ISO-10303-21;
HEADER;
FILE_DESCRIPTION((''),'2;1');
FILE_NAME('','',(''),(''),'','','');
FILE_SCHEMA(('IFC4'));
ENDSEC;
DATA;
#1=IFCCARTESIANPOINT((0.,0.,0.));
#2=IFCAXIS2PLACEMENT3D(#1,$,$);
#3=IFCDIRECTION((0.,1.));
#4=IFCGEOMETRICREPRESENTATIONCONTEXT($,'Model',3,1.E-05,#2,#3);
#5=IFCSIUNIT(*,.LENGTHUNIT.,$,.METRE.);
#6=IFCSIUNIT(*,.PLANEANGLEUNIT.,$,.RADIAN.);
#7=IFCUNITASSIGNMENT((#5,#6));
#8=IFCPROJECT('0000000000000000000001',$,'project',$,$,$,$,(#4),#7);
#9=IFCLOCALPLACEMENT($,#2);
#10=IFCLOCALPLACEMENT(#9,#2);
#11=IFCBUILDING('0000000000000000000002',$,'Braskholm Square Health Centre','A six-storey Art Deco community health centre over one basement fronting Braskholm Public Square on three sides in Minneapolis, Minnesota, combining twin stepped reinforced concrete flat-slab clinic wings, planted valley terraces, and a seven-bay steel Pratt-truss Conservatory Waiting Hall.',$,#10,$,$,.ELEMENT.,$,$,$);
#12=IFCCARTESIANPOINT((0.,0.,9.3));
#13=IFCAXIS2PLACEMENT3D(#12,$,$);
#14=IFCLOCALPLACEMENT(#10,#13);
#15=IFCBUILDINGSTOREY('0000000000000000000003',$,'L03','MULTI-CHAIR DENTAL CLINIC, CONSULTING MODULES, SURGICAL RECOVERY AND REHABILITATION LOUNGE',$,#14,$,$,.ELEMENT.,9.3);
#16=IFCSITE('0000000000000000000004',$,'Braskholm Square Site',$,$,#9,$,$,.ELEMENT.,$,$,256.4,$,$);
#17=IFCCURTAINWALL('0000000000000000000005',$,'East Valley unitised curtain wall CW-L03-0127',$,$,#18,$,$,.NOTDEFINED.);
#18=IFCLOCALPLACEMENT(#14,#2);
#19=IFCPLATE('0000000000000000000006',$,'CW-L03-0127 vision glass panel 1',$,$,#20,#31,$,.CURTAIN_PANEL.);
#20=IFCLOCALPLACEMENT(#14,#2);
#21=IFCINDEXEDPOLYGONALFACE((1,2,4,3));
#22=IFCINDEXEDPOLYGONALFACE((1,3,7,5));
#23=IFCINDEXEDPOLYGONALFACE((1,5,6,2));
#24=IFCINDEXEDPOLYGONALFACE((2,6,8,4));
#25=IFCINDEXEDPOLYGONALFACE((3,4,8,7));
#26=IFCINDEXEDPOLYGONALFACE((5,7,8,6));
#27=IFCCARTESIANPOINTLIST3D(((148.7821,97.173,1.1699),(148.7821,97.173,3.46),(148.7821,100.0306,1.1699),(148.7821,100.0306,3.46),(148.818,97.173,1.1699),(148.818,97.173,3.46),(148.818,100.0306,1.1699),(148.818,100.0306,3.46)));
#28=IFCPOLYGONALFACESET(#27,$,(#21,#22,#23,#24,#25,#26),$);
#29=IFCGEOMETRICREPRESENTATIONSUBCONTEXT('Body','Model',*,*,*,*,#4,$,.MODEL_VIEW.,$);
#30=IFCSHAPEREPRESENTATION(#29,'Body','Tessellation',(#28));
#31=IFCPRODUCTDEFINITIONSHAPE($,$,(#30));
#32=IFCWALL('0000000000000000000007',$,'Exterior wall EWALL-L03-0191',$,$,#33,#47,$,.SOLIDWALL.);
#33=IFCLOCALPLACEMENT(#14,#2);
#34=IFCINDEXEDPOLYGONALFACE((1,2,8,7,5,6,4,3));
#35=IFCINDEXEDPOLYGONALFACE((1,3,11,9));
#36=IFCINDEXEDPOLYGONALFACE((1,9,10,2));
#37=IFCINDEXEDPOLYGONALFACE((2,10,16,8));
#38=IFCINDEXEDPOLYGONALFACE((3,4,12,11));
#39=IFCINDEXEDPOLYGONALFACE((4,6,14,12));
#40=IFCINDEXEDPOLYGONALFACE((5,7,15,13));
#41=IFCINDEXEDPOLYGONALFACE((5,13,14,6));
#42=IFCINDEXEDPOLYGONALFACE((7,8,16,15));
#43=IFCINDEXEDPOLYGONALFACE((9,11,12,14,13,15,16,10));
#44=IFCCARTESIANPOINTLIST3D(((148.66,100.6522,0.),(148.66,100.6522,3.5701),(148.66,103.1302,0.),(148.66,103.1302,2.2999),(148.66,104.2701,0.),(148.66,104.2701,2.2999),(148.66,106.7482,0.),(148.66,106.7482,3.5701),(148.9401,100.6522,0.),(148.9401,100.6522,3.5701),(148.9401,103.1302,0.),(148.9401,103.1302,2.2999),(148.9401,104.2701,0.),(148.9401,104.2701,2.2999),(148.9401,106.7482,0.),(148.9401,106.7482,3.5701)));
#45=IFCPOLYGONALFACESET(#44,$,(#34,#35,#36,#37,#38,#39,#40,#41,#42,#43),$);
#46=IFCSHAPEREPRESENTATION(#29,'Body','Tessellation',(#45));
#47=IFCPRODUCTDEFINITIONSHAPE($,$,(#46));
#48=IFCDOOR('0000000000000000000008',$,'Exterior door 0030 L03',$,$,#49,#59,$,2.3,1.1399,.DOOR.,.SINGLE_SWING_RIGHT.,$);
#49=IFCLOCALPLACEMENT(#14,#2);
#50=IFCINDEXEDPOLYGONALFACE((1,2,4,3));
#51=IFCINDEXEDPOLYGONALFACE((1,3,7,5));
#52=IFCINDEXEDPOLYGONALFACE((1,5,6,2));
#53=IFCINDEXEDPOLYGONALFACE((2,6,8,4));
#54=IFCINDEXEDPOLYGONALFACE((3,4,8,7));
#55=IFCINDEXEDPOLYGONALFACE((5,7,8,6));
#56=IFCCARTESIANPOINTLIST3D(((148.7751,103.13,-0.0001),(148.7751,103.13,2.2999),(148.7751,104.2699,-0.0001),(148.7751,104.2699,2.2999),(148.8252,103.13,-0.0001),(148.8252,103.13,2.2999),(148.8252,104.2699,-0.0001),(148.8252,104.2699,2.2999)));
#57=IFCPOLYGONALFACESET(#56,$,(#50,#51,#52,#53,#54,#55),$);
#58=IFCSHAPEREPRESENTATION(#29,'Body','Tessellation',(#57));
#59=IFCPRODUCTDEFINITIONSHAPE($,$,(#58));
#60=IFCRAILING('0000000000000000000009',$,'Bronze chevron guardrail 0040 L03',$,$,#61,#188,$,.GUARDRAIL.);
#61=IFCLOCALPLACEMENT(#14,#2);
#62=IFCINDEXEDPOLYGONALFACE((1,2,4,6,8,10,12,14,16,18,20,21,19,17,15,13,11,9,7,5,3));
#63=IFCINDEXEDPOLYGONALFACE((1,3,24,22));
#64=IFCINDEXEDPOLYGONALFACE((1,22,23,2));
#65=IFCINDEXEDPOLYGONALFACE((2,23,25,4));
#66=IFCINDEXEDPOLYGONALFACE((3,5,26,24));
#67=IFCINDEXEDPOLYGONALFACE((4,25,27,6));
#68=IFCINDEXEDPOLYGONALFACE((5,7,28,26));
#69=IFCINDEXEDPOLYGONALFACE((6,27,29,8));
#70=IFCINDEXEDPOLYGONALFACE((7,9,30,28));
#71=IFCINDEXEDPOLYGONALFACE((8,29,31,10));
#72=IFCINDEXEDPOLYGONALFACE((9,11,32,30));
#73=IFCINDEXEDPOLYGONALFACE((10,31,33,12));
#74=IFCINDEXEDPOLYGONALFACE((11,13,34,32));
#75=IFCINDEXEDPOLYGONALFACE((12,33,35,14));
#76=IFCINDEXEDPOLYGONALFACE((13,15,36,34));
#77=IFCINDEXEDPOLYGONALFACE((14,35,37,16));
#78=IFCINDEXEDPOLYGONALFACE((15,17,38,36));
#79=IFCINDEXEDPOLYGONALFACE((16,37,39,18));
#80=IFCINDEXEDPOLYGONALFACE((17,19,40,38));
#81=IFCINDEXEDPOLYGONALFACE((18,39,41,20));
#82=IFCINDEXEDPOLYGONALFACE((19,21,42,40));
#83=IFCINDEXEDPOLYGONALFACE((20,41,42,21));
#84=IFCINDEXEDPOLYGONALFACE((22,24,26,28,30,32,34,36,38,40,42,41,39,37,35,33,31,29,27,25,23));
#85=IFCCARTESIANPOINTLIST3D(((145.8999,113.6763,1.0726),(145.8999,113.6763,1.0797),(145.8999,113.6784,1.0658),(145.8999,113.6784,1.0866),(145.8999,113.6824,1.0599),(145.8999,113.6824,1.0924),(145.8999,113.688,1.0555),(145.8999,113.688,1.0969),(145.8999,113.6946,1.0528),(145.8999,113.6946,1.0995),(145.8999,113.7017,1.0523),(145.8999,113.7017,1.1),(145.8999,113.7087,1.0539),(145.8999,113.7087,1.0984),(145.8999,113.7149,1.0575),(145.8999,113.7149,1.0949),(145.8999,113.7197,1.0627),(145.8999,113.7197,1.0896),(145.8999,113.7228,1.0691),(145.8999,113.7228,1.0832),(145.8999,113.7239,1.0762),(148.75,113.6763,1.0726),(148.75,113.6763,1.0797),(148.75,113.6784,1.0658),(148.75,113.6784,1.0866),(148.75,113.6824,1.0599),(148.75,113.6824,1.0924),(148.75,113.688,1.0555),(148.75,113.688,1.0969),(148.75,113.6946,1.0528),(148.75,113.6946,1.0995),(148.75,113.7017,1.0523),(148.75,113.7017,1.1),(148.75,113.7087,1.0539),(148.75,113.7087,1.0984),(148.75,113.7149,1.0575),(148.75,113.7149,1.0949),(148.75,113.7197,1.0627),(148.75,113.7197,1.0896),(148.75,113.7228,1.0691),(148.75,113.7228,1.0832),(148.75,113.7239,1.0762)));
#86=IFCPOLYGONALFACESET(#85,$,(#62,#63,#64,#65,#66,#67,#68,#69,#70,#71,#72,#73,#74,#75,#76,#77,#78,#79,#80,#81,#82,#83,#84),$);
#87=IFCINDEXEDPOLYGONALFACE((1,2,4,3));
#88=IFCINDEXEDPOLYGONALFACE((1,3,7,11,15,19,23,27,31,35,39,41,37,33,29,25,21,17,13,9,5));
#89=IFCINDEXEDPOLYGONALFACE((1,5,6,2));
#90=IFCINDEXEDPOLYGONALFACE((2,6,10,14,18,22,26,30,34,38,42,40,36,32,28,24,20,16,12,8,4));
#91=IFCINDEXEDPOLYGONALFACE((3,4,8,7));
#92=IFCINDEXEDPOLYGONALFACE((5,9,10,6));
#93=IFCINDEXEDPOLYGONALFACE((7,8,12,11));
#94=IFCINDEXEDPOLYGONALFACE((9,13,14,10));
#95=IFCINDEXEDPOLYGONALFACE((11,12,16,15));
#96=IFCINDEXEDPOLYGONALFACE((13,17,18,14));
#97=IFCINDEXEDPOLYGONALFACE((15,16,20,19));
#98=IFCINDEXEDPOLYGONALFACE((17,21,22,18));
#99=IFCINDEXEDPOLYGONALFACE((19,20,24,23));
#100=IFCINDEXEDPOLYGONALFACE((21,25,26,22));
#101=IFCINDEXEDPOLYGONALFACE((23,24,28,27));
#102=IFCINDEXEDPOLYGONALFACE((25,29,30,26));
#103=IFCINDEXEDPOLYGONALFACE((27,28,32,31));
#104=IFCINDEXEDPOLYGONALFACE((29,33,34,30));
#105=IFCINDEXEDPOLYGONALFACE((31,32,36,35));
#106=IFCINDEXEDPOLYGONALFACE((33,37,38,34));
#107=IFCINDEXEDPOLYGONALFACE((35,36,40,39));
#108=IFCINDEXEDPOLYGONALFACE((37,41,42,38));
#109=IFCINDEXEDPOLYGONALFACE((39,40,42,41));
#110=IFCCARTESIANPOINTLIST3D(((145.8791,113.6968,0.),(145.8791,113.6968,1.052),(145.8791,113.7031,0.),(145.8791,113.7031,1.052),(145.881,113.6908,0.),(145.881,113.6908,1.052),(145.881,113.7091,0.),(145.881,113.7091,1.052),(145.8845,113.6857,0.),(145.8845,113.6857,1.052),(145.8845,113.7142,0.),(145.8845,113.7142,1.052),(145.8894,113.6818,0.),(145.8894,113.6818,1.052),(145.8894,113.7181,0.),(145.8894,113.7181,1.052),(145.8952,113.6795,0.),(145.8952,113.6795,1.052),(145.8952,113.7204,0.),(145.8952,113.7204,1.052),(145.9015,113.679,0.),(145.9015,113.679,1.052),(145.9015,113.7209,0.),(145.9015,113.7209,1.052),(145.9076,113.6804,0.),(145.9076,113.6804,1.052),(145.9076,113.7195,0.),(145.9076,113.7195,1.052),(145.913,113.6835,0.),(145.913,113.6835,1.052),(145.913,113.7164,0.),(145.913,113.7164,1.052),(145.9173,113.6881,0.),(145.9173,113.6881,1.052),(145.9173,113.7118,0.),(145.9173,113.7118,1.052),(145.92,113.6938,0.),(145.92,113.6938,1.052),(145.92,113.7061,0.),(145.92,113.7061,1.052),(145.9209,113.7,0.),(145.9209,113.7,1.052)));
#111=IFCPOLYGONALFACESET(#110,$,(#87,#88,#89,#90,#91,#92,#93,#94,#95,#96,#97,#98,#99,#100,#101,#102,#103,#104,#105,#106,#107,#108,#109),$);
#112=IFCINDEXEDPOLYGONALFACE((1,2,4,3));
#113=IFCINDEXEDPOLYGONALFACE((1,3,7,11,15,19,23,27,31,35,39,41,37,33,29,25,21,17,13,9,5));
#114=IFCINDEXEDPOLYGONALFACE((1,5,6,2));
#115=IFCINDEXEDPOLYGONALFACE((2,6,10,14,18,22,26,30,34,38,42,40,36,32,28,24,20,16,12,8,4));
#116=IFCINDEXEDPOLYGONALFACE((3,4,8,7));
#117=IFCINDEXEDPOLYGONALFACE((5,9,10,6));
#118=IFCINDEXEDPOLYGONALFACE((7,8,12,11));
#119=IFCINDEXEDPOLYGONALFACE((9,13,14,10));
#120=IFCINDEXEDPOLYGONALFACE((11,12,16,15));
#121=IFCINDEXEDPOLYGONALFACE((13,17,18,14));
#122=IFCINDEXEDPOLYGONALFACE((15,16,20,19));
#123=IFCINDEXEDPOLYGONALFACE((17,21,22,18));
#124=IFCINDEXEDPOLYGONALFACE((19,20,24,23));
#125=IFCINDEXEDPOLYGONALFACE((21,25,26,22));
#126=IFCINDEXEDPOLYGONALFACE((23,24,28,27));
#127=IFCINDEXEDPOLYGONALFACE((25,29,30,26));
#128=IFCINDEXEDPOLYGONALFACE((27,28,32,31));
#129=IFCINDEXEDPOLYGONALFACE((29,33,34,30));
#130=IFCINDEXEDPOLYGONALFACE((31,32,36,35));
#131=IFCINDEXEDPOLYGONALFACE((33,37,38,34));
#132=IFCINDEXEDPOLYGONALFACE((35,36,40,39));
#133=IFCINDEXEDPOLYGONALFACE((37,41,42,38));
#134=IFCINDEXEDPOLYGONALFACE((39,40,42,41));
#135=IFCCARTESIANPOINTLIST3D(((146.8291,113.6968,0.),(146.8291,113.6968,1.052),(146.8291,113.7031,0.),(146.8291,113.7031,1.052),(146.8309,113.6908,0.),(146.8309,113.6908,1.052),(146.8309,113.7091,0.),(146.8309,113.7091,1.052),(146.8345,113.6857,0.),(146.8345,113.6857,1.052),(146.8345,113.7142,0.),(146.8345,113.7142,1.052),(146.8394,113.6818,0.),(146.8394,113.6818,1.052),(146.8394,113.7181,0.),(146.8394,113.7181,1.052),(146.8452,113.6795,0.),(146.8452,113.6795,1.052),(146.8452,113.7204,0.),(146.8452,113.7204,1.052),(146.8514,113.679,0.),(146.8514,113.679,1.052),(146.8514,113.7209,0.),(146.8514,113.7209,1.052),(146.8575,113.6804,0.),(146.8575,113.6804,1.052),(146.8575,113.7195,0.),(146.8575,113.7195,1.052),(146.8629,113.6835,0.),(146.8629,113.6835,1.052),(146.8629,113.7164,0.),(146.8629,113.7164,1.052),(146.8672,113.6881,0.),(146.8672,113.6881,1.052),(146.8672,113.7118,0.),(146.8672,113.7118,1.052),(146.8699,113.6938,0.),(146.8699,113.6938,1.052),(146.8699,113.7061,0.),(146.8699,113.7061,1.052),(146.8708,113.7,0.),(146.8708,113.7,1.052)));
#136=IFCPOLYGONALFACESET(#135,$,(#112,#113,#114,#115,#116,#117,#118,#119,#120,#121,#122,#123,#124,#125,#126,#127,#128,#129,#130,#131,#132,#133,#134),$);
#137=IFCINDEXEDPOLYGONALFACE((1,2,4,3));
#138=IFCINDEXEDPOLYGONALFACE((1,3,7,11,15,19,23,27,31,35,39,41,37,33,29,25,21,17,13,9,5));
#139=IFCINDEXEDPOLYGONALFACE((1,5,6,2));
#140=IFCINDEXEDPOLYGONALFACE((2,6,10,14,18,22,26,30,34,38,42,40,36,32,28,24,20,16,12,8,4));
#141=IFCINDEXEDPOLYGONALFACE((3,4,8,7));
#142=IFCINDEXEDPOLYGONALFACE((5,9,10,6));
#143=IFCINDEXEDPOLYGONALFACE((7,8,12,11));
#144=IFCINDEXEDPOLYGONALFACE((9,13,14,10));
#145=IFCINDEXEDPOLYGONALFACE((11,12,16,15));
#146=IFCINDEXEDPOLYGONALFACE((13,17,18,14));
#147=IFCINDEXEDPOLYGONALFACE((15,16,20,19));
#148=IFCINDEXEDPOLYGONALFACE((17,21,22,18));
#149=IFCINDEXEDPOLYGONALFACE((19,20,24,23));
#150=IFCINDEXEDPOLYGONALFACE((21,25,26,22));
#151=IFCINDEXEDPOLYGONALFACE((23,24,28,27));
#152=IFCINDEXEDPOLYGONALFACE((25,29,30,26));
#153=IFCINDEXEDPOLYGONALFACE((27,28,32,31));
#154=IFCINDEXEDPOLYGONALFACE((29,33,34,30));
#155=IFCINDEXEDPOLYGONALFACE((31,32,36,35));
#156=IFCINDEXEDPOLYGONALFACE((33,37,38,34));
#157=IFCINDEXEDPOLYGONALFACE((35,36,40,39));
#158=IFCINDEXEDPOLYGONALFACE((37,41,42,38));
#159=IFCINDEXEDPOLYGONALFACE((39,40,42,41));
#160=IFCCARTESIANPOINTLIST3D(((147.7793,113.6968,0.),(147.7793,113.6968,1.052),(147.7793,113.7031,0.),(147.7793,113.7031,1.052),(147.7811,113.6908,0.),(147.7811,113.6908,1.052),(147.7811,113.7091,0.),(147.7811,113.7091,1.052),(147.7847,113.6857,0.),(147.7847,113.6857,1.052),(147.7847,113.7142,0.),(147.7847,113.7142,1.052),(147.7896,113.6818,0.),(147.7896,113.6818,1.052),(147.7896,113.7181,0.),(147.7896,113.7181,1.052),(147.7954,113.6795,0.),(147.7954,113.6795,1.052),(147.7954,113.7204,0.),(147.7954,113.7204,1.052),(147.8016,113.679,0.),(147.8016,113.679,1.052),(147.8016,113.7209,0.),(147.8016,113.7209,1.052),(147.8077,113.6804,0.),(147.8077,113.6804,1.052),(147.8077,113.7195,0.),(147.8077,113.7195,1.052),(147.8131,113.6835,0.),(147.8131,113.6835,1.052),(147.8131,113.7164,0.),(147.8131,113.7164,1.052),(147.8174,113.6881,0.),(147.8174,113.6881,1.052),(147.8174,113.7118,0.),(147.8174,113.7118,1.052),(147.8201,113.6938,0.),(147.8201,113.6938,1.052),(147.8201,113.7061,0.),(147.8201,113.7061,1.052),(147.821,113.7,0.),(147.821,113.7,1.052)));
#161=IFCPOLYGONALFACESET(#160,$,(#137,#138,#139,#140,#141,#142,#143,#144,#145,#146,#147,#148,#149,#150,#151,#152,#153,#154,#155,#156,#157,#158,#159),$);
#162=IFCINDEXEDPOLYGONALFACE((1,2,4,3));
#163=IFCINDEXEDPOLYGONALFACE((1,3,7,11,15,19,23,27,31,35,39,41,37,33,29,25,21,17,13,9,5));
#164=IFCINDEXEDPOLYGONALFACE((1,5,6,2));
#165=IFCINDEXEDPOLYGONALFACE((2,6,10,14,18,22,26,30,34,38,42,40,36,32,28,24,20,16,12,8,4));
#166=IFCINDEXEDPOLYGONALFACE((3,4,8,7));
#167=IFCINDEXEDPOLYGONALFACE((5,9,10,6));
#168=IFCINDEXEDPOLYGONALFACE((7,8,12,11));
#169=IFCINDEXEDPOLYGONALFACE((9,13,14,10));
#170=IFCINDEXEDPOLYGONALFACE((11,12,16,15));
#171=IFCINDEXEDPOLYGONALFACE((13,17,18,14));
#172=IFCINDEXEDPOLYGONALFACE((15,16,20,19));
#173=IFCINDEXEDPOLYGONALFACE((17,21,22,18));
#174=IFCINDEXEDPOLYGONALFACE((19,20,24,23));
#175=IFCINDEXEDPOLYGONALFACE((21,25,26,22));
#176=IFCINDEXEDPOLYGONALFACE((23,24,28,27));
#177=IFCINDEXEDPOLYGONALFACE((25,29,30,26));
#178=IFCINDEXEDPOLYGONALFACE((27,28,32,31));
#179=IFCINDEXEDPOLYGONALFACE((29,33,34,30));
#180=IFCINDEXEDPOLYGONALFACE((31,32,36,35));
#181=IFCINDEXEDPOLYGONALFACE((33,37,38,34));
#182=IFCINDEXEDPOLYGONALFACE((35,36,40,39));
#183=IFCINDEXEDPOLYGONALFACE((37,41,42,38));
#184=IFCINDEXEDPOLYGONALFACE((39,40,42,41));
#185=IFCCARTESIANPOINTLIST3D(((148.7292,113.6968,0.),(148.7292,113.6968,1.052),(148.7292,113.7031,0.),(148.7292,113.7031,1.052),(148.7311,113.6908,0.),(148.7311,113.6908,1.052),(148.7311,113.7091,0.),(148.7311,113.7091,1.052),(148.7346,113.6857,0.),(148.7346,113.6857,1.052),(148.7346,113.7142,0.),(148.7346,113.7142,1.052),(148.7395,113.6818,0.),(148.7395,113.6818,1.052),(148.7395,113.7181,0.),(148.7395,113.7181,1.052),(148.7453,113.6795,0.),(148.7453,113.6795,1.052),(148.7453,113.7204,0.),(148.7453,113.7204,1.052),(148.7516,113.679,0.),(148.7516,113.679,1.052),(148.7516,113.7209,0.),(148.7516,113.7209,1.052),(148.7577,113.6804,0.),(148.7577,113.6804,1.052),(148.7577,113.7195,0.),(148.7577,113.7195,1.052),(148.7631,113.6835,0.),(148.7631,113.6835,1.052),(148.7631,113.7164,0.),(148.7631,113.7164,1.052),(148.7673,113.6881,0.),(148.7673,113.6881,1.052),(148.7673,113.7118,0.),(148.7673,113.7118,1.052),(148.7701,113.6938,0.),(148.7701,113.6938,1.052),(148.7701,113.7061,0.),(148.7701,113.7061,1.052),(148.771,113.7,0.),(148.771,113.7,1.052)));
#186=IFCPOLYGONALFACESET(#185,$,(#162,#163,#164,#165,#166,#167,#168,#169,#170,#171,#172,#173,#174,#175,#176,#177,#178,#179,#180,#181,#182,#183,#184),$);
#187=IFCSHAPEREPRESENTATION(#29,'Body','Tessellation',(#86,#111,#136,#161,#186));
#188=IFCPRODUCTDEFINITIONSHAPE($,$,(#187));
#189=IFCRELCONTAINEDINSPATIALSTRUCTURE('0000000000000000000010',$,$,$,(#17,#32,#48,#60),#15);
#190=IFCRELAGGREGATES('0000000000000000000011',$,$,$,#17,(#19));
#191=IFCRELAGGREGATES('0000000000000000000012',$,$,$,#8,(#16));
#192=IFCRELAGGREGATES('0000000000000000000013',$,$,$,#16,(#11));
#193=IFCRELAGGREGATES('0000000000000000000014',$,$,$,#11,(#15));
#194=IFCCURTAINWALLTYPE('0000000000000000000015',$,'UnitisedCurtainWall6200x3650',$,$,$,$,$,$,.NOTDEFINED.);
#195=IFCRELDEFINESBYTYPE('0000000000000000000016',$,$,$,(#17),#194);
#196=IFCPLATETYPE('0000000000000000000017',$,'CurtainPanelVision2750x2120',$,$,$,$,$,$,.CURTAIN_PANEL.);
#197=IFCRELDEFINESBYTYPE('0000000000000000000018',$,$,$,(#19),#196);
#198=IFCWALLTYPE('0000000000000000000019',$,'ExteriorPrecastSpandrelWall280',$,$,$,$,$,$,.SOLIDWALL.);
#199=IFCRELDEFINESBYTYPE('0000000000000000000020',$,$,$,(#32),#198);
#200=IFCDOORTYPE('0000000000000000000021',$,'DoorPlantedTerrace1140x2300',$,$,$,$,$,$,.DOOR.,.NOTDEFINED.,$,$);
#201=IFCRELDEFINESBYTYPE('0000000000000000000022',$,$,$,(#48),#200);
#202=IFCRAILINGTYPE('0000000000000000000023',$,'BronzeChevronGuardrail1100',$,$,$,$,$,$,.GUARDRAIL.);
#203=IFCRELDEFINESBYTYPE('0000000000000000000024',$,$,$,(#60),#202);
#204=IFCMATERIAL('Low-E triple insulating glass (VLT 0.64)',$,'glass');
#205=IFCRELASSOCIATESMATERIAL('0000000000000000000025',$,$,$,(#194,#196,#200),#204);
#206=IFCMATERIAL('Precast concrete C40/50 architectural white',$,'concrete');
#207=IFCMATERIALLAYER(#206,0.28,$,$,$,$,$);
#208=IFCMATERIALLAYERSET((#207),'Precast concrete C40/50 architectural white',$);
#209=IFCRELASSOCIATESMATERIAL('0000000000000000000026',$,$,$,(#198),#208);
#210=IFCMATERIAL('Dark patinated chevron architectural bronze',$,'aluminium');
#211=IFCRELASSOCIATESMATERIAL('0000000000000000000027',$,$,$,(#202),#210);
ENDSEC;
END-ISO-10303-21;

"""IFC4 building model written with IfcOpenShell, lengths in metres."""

from ifc_helpers import new_model, si_unit, direction, frame, frame_2d, origin, origin_2d, place, context, subcontext, project, spatial, rectangle, circle, extrude, material, layer, layer_set, type_object, element, fill, aggregate, save


model = new_model("IFC4")

# Units and contexts
model_context = context("Model", 3, precision=1e-05, world=origin(), true_north=direction((0.0, 1.0)))
body_context = subcontext(model_context, "Body", "Model", "MODEL_VIEW")
ifc_project = project(units=[si_unit("LENGTHUNIT", "METRE"), si_unit("PLANEANGLEUNIT", "RADIAN")], contexts=[model_context])

# Site, building, storey
site_placement = place(None, origin())
site = spatial("IfcSite", under=ifc_project, at=site_placement, Name="Braskholm Square Site", CompositionType="ELEMENT", RefElevation=256.4)
building_placement = place(site_placement, origin())
building = spatial("IfcBuilding", under=site, at=building_placement, Name="Braskholm Square Health Centre", Description="A six-storey Art Deco community health centre over one basement fronting Braskholm Public Square on three sides in Minneapolis, Minnesota, combining twin stepped reinforced concrete flat-slab clinic wings, planted valley terraces, and a seven-bay steel Pratt-truss Conservatory Waiting Hall.", CompositionType="ELEMENT")
storey_placement = place(building_placement, frame((0.0, 0.0, 9.3)))
storey = spatial("IfcBuildingStorey", under=building, at=storey_placement, Name="L03", Description="MULTI-CHAIR DENTAL CLINIC, CONSULTING MODULES, SURGICAL RECOVERY AND REHABILITATION LOUNGE", CompositionType="ELEMENT", Elevation=9.3)

# Curtain wall
ifc_material_1 = material(Name="Low-E triple insulating glass (VLT 0.64)", Category="glass")
curtain_wall_type = type_object("IfcCurtainWallType", Name="UnitisedCurtainWall6200x3650", PredefinedType="NOTDEFINED", material=ifc_material_1)
curtain_wall_placement = place(storey_placement, origin())
curtain_wall = element("IfcCurtainWall", 1, at=curtain_wall_placement, inside=storey, type_object=curtain_wall_type, Name="East Valley unitised curtain wall CW-L03-0127", PredefinedType="NOTDEFINED")

# Shared definitions
ifc_material_2 = material(Name="Precast concrete C40/50 architectural white", Category="concrete")

# Plate
plate_type_1 = type_object("IfcPlateType", Name="CurtainPanelVision2750x2120", PredefinedType="CURTAIN_PANEL", material=ifc_material_1)
plate_1_placement = place(storey_placement, frame((148.8, 98.6018, 1.1699), z_axis=(0.0, 0.0, 1.0), x_axis=(0.0, -1.0, 0.0)))
plate_1 = element("IfcPlate", 2, at=plate_1_placement, type_object=plate_type_1, Name="CW-L03-0127 vision glass panel 1", PredefinedType="CURTAIN_PANEL", context=body_context, shape_type="SweptSolid", body=[
    extrude(rectangle(XDim=2.8577, YDim=0.0359, at=origin_2d()), origin(), (0.0, 0.0, 1.0), 2.29),
])
aggregate(curtain_wall, [plate_1])

# Wall, opening, door
ifc_layer = layer(ifc_material_2, 0.28)
ifc_layer_set = layer_set([ifc_layer], Name="Precast concrete C40/50 architectural white")
wall_type = type_object("IfcWallType", Name="ExteriorPrecastSpandrelWall280", PredefinedType="SOLIDWALL", material=ifc_layer_set)
wall_placement = place(storey_placement, frame((148.8, 106.748, 0.0), z_axis=(0.0, 0.0, 1.0), x_axis=(0.0, -1.0, 0.0)))
wall = element("IfcWall", 3, at=wall_placement, inside=storey, type_object=wall_type, Name="Exterior wall EWALL-L03-0191", PredefinedType="SOLIDWALL", context=body_context, shape_type="SweptSolid", body=[
    extrude(rectangle(XDim=6.0959, YDim=0.28, at=frame_2d((3.0479, 0.0))), origin(), (0.0, 0.0, 1.0), 3.5701),
])
opening_placement = place(wall_placement, frame((2.478, 0.0, 0.0)))
opening = element("IfcOpeningElement", 4, at=opening_placement, cuts=wall, PredefinedType="OPENING", context=body_context, shape_type="SweptSolid", body=[
    extrude(rectangle(XDim=1.1399, YDim=2.3, at=frame_2d((0.5698, 1.1499))), frame((0.0, 0.1499, 0.0), z_axis=(0.0, -1.0, 0.0), x_axis=(1.0, 0.0, 0.0)), (0.0, 0.0, 1.0), 0.3),
])
door_type = type_object("IfcDoorType", Name="DoorPlantedTerrace1140x2300", OperationType="NOTDEFINED", PredefinedType="DOOR", material=ifc_material_1)
door_placement = place(opening_placement, frame((1.1399, 0.0, 0.0), z_axis=(0.0, 0.0, 1.0), x_axis=(-1.0, 0.0, 0.0)))
door = element("IfcDoor", 5, at=door_placement, inside=storey, type_object=door_type, Name="Exterior door 0030 L03", OperationType="SINGLE_SWING_RIGHT", OverallHeight=2.3, OverallWidth=1.1399, PredefinedType="DOOR", context=body_context, shape_type="SweptSolid", body=[
    extrude(rectangle(XDim=1.1399, YDim=2.3, at=frame_2d((0.5698, 1.1499))), frame((0.0, 0.0249, 0.0), z_axis=(0.0, -1.0, 0.0), x_axis=(1.0, 0.0, 0.0)), (0.0, 0.0, 1.0), 0.05),
])
fill(opening, door)

# Railing
ifc_material_3 = material(Name="Dark patinated chevron architectural bronze", Category="aluminium")
railing_type = type_object("IfcRailingType", Name="BronzeChevronGuardrail1100", PredefinedType="GUARDRAIL", material=ifc_material_3)
railing_placement = place(storey_placement, frame((145.8999, 113.7, 0.0)))
element("IfcRailing", 6, at=railing_placement, inside=storey, type_object=railing_type, Name="Bronze chevron guardrail 0040 L03", PredefinedType="GUARDRAIL", context=body_context, shape_type="SweptSolid", body=[
    extrude(circle(Radius=0.0239, at=origin_2d()), frame((0.0, 0.0, 1.0762), z_axis=(1.0, 0.0, 0.0), x_axis=(0.0, 1.0, 0.0)), (0.0, 0.0, 1.0), 2.8501),
    extrude(circle(Radius=0.021, at=origin_2d()), origin(), (0.0, 0.0, 1.0), 1.052),
    extrude(circle(Radius=0.021, at=origin_2d()), frame((0.95, 0.0, 0.0)), (0.0, 0.0, 1.0), 1.052),
    extrude(circle(Radius=0.021, at=origin_2d()), frame((1.9001, 0.0, 0.0)), (0.0, 0.0, 1.0), 1.052),
    extrude(circle(Radius=0.021, at=origin_2d()), frame((2.8501, 0.0, 0.0)), (0.0, 0.0, 1.0), 1.052),
])

save(model, "model.ifc")
